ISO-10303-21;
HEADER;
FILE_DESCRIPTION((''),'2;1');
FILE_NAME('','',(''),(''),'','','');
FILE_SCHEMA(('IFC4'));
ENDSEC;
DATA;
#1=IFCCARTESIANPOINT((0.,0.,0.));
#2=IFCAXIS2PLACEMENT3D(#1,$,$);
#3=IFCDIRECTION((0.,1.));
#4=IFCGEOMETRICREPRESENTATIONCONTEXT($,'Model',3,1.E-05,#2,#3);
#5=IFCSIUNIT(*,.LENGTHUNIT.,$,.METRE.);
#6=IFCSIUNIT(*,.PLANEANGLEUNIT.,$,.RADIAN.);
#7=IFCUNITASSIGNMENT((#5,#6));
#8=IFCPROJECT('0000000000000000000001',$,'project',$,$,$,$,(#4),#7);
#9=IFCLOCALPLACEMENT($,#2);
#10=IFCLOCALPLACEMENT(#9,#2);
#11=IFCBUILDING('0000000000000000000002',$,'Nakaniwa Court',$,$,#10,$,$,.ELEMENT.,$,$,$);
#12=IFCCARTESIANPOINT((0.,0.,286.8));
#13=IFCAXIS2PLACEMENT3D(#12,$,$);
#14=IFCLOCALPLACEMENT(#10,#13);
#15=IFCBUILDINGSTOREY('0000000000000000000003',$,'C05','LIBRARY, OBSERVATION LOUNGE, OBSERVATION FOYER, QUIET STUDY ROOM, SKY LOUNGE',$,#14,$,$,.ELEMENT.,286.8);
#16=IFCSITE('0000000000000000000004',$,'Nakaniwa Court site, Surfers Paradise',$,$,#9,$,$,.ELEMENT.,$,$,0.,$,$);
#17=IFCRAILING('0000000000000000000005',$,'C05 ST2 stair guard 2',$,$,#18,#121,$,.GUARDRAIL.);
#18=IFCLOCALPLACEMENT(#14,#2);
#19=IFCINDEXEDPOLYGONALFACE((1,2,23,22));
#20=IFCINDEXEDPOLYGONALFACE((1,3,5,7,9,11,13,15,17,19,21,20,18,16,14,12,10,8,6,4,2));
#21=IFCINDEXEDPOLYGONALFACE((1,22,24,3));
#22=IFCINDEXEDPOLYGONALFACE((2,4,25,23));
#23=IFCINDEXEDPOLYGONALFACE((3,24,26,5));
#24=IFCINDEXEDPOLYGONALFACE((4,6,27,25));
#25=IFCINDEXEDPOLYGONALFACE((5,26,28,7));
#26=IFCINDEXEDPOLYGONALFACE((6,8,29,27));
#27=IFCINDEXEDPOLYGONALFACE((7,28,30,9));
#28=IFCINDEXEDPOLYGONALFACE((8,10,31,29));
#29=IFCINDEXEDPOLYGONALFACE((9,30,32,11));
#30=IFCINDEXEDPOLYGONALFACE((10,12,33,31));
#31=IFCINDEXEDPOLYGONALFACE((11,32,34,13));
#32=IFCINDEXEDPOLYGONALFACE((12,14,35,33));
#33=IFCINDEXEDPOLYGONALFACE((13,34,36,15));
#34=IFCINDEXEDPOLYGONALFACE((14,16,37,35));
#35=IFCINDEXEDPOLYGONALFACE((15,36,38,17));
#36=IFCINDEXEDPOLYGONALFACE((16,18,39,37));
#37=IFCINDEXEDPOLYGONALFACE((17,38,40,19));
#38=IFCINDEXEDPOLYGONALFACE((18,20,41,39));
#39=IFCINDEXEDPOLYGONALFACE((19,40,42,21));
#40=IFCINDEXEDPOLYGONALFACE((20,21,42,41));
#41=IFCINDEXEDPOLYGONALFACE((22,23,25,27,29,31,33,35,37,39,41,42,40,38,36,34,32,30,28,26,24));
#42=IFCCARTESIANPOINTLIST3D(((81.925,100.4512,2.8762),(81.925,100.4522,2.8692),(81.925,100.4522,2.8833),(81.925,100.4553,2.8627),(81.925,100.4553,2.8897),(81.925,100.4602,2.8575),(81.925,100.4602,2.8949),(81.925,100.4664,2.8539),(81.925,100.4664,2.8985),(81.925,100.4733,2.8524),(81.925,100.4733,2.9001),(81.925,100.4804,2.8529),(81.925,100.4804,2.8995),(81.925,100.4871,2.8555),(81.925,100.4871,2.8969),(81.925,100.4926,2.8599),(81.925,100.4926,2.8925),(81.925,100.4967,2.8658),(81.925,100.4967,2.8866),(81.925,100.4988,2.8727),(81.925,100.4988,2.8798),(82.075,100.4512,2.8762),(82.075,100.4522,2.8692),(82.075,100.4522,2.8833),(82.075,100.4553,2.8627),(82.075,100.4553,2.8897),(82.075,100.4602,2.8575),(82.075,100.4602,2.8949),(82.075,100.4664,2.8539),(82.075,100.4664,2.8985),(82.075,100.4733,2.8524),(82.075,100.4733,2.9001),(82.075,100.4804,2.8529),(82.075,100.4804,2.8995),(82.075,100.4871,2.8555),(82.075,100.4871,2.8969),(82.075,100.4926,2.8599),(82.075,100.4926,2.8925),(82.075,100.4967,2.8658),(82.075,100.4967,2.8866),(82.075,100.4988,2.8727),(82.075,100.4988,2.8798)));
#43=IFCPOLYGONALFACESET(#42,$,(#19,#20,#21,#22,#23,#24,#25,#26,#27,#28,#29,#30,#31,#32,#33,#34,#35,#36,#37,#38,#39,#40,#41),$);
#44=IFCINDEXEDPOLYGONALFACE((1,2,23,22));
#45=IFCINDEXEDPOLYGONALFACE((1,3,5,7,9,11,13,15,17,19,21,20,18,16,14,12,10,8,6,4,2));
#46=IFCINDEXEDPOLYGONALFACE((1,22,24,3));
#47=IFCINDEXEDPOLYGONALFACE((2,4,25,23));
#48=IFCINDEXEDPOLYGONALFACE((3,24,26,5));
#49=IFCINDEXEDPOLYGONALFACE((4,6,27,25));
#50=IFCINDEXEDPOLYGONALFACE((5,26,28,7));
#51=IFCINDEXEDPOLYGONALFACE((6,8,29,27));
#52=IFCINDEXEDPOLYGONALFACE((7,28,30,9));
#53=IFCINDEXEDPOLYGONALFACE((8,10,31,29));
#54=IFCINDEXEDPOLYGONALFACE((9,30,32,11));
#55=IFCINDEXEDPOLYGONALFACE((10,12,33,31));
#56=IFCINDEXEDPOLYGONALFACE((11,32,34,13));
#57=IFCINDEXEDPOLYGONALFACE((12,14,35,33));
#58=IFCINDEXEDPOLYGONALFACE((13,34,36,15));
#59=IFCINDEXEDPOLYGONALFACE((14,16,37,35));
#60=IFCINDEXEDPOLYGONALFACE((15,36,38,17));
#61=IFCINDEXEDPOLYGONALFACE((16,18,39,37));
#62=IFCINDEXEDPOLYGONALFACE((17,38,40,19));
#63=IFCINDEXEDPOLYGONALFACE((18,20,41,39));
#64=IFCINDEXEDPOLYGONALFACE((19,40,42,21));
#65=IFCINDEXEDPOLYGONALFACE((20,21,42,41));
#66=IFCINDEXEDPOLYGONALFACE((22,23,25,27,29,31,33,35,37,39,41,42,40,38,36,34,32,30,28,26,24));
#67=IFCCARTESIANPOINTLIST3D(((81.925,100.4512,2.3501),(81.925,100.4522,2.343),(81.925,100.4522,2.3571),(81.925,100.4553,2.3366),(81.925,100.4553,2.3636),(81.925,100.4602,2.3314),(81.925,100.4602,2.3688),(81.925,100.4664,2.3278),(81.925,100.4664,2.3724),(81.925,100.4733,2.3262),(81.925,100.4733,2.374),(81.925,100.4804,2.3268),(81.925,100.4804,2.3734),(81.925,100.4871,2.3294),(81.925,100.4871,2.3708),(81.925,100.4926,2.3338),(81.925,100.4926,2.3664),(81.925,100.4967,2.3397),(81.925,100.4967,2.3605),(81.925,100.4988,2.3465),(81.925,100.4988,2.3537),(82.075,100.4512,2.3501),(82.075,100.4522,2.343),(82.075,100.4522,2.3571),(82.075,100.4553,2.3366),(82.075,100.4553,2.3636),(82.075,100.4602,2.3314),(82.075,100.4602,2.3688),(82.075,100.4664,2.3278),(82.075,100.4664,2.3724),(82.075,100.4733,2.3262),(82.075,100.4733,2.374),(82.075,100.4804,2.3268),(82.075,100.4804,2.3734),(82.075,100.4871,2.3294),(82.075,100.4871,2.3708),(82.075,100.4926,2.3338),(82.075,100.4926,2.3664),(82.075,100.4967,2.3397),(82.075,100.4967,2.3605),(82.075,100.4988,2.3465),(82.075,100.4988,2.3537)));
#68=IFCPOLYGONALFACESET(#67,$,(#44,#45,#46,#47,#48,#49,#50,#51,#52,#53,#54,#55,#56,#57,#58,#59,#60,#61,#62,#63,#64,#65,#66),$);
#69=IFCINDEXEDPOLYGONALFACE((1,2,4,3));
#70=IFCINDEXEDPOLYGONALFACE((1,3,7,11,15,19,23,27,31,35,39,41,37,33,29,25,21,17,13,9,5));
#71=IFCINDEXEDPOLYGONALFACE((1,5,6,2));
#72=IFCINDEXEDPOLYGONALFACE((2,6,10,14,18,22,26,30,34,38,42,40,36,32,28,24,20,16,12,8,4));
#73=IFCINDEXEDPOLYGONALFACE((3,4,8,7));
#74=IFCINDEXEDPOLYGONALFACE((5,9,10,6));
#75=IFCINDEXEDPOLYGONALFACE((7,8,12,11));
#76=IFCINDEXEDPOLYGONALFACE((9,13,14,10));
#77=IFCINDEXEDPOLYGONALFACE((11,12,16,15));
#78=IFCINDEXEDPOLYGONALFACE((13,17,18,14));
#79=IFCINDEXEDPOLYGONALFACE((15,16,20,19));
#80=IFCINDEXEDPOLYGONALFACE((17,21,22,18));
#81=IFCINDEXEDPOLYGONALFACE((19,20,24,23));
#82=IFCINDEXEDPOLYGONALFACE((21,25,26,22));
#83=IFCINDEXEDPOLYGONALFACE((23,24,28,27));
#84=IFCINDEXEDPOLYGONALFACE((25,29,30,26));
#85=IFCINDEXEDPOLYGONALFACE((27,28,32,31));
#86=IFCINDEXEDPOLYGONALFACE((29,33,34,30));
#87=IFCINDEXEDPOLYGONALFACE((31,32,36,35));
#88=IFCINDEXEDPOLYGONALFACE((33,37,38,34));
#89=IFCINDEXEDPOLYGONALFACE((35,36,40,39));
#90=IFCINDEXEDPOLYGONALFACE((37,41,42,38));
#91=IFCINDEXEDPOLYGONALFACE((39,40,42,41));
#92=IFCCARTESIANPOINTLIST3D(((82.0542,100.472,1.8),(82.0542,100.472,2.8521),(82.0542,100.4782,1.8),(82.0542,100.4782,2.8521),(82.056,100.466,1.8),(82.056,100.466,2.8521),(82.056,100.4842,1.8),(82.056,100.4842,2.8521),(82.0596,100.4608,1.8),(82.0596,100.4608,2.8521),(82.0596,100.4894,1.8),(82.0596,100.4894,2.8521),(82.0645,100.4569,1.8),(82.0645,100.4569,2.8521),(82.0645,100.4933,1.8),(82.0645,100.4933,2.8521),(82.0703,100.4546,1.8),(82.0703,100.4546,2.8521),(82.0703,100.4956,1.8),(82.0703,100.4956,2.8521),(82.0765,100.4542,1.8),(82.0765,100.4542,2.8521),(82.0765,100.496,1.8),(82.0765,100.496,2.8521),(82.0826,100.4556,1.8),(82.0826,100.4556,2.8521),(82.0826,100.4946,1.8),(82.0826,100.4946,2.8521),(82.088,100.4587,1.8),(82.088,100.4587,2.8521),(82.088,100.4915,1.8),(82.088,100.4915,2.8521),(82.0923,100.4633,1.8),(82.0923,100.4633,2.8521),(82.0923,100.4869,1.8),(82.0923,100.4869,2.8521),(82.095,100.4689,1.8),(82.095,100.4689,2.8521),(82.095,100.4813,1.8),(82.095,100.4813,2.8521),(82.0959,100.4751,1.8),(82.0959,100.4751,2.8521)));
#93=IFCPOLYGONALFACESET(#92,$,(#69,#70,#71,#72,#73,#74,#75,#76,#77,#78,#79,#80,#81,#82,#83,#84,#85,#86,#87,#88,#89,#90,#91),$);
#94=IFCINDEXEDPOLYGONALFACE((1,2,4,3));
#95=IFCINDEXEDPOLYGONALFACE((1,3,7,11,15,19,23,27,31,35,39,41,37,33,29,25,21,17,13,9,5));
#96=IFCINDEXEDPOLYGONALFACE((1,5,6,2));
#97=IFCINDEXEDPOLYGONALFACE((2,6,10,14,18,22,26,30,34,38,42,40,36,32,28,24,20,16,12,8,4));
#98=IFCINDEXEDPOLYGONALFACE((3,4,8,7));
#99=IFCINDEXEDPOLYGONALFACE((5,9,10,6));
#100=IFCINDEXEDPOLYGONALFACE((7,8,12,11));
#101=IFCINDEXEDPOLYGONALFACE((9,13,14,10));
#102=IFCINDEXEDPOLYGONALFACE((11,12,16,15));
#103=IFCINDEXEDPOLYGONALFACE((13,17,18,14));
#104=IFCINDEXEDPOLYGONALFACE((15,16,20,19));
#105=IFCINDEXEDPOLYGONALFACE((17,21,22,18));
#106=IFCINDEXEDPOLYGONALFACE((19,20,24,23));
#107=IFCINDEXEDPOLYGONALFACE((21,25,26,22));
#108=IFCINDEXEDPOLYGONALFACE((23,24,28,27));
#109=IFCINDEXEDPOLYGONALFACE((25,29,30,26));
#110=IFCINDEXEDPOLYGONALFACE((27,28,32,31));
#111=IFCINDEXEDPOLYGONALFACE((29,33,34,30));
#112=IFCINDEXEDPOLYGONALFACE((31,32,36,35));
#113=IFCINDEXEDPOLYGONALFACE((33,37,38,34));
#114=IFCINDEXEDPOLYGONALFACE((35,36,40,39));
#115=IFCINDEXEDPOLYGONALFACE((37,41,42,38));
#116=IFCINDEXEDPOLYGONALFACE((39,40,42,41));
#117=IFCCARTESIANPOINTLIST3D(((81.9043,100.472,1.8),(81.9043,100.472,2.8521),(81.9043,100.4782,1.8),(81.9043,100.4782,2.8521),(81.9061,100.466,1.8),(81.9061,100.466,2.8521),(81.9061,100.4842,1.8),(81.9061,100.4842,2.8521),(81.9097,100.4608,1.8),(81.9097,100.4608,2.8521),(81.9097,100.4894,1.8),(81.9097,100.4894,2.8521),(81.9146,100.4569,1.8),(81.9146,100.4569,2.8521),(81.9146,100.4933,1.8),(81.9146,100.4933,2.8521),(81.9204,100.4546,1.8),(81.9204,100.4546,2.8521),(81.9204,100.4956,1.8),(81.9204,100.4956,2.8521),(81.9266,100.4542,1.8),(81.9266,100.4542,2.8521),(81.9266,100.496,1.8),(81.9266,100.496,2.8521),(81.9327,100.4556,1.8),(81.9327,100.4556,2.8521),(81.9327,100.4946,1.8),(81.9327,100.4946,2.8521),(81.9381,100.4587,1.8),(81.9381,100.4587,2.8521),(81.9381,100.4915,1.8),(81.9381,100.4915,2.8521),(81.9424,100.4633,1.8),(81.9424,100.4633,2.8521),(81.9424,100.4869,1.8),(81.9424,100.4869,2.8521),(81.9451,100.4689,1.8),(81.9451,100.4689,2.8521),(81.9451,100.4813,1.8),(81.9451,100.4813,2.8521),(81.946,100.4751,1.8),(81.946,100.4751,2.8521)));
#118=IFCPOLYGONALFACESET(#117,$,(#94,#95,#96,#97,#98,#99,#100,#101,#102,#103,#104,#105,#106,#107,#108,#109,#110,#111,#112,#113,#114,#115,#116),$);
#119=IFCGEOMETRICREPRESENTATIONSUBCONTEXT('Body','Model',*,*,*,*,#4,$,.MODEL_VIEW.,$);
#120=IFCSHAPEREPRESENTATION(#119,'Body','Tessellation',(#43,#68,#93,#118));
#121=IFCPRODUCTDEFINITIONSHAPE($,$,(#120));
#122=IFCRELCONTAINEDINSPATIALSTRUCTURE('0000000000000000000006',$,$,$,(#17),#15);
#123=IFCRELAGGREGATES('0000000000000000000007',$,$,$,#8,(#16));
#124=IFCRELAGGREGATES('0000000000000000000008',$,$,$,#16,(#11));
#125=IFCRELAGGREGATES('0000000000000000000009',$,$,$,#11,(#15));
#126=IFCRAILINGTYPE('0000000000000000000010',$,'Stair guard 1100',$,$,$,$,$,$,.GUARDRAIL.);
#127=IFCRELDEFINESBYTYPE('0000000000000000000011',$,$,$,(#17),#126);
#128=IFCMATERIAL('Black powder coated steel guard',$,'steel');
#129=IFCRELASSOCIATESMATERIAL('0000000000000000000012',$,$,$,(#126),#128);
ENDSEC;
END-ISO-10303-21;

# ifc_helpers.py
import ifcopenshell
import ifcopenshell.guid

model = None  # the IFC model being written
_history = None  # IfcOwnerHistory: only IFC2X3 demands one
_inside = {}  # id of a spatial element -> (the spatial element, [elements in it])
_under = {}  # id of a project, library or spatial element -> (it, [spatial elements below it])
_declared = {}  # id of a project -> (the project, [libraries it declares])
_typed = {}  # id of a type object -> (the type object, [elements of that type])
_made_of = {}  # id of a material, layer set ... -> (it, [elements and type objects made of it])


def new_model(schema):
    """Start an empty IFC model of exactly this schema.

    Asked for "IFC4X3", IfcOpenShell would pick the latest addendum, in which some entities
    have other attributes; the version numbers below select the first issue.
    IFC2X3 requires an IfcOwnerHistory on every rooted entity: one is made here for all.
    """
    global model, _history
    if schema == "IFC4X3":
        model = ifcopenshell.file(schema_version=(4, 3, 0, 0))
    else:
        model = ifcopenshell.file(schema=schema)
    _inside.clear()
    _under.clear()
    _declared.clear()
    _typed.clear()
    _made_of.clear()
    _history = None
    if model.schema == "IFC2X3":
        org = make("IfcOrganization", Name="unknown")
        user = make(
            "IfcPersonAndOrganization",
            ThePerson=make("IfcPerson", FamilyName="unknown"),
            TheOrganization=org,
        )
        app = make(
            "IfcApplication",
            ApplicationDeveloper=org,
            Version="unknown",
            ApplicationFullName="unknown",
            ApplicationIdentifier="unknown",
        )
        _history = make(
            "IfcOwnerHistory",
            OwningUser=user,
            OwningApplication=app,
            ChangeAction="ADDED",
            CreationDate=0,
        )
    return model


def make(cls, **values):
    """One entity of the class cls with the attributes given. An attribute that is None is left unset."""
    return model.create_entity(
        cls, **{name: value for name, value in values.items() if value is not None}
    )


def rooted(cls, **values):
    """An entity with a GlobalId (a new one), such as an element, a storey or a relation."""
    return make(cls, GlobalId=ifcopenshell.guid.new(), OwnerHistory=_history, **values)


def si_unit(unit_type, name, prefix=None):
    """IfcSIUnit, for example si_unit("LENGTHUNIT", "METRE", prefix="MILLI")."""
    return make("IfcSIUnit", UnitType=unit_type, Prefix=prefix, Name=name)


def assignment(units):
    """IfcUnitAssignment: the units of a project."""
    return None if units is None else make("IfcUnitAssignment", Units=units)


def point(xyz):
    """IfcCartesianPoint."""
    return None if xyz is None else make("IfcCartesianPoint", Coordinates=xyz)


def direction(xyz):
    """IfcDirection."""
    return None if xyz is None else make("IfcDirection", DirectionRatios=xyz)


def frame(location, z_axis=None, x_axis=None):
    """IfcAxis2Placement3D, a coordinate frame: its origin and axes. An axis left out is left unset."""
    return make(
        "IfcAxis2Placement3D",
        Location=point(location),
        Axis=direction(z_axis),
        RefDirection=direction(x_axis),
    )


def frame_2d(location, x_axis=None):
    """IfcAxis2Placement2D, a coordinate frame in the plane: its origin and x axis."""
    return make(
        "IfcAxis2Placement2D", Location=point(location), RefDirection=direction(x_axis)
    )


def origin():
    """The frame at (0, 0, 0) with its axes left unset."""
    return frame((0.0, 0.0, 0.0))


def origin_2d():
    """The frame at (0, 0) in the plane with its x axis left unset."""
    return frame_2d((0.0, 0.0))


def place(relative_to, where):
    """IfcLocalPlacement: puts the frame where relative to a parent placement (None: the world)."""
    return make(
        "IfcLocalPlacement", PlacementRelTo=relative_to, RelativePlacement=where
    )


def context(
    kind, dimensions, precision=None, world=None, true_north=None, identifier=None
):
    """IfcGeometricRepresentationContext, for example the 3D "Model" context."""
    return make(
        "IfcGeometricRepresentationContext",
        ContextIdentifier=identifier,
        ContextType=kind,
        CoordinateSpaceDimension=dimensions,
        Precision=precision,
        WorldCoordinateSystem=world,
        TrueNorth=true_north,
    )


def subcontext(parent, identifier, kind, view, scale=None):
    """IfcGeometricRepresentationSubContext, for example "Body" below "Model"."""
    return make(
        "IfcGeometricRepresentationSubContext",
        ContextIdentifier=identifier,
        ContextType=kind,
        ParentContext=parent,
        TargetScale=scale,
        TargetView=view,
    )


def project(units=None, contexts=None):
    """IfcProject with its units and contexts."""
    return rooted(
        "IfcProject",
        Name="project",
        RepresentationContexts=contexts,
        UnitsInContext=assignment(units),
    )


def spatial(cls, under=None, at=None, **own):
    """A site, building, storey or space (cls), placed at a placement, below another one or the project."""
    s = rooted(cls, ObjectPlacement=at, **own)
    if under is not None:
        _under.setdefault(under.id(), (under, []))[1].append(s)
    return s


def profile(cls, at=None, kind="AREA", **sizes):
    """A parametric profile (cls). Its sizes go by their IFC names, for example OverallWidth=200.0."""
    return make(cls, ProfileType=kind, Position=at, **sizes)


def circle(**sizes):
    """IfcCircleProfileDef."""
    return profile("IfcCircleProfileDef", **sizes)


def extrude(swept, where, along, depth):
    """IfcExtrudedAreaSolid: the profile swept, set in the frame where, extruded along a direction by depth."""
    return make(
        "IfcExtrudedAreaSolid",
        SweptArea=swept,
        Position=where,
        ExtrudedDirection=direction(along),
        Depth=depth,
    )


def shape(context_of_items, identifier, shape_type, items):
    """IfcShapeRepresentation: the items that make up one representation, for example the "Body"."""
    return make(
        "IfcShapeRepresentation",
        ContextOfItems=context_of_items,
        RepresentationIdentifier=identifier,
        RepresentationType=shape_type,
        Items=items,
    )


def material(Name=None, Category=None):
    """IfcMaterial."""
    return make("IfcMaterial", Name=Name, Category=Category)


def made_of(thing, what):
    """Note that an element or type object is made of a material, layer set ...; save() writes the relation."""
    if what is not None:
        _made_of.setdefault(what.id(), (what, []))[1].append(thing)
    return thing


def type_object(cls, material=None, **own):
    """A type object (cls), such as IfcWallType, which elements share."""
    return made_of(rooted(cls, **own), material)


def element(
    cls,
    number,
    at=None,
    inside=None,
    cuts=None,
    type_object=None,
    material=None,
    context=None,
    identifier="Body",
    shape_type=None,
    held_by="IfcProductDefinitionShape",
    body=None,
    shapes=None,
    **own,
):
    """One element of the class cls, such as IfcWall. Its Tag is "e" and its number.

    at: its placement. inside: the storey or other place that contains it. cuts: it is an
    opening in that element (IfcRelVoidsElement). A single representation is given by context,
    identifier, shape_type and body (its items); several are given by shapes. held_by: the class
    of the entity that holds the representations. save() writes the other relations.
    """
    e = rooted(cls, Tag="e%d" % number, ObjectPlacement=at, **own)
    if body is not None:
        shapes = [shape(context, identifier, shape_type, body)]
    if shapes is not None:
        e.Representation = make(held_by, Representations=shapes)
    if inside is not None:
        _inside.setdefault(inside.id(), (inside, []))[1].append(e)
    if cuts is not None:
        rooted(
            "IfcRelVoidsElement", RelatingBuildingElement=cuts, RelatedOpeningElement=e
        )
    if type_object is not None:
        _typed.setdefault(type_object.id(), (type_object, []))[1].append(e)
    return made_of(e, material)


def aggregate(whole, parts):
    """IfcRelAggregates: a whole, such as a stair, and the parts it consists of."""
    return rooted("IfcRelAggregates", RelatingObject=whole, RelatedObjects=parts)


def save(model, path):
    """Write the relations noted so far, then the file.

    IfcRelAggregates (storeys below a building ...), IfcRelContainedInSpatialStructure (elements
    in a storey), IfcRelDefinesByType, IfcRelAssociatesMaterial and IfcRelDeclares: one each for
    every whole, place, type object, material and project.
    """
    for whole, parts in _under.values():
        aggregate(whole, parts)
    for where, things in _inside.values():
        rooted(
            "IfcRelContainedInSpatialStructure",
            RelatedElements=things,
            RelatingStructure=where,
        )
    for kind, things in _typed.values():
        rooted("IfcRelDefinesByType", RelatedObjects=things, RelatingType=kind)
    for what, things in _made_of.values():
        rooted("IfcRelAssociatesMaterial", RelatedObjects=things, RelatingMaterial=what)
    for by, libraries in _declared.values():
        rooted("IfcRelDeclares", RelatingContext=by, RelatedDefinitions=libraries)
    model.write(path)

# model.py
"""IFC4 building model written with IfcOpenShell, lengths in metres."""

from ifc_helpers import new_model, si_unit, direction, frame, origin, origin_2d, place, context, subcontext, project, spatial, circle, extrude, material, type_object, element, save


model = new_model("IFC4")

# Units and contexts
model_context = context("Model", 3, precision=1e-05, world=origin(), true_north=direction((0.0, 1.0)))
body_context = subcontext(model_context, "Body", "Model", "MODEL_VIEW")
ifc_project = project(units=[si_unit("LENGTHUNIT", "METRE"), si_unit("PLANEANGLEUNIT", "RADIAN")], contexts=[model_context])

# Site, building, storey
site_placement = place(None, origin())
site = spatial("IfcSite", under=ifc_project, at=site_placement, Name="Nakaniwa Court site, Surfers Paradise", CompositionType="ELEMENT", RefElevation=0.0)
building_placement = place(site_placement, origin())
building = spatial("IfcBuilding", under=site, at=building_placement, Name="Nakaniwa Court", CompositionType="ELEMENT")
storey_placement = place(building_placement, frame((0.0, 0.0, 286.8)))
storey = spatial("IfcBuildingStorey", under=building, at=storey_placement, Name="C05", Description="LIBRARY, OBSERVATION LOUNGE, OBSERVATION FOYER, QUIET STUDY ROOM, SKY LOUNGE", CompositionType="ELEMENT", Elevation=286.8)

# Railing
ifc_material_1 = material(Name="Black powder coated steel guard", Category="steel")
railing_type_1 = type_object("IfcRailingType", Name="Stair guard 1100", PredefinedType="GUARDRAIL", material=ifc_material_1)
railing_1_placement = place(storey_placement, frame((82.075, 100.4751, 1.8)))
element("IfcRailing", 1, at=railing_1_placement, inside=storey, type_object=railing_type_1, Name="C05 ST2 stair guard 2", PredefinedType="GUARDRAIL", context=body_context, shape_type="SweptSolid", body=[
    extrude(circle(Radius=0.0239, at=origin_2d()), frame((0.0, 0.0, 1.0762), z_axis=(-1.0, 0.0, 0.0), x_axis=(0.0, -1.0, 0.0)), (0.0, 0.0, 1.0), 0.1499),
    extrude(circle(Radius=0.0239, at=origin_2d()), frame((0.0, 0.0, 0.55), z_axis=(-1.0, 0.0, 0.0), x_axis=(0.0, -1.0, 0.0)), (0.0, 0.0, 1.0), 0.1499),
    extrude(circle(Radius=0.021, at=origin_2d()), origin(), (0.0, 0.0, 1.0), 1.052),
    extrude(circle(Radius=0.021, at=origin_2d()), frame((-0.1499, 0.0, 0.0)), (0.0, 0.0, 1.0), 1.052),
])

save(model, "model.ifc")
